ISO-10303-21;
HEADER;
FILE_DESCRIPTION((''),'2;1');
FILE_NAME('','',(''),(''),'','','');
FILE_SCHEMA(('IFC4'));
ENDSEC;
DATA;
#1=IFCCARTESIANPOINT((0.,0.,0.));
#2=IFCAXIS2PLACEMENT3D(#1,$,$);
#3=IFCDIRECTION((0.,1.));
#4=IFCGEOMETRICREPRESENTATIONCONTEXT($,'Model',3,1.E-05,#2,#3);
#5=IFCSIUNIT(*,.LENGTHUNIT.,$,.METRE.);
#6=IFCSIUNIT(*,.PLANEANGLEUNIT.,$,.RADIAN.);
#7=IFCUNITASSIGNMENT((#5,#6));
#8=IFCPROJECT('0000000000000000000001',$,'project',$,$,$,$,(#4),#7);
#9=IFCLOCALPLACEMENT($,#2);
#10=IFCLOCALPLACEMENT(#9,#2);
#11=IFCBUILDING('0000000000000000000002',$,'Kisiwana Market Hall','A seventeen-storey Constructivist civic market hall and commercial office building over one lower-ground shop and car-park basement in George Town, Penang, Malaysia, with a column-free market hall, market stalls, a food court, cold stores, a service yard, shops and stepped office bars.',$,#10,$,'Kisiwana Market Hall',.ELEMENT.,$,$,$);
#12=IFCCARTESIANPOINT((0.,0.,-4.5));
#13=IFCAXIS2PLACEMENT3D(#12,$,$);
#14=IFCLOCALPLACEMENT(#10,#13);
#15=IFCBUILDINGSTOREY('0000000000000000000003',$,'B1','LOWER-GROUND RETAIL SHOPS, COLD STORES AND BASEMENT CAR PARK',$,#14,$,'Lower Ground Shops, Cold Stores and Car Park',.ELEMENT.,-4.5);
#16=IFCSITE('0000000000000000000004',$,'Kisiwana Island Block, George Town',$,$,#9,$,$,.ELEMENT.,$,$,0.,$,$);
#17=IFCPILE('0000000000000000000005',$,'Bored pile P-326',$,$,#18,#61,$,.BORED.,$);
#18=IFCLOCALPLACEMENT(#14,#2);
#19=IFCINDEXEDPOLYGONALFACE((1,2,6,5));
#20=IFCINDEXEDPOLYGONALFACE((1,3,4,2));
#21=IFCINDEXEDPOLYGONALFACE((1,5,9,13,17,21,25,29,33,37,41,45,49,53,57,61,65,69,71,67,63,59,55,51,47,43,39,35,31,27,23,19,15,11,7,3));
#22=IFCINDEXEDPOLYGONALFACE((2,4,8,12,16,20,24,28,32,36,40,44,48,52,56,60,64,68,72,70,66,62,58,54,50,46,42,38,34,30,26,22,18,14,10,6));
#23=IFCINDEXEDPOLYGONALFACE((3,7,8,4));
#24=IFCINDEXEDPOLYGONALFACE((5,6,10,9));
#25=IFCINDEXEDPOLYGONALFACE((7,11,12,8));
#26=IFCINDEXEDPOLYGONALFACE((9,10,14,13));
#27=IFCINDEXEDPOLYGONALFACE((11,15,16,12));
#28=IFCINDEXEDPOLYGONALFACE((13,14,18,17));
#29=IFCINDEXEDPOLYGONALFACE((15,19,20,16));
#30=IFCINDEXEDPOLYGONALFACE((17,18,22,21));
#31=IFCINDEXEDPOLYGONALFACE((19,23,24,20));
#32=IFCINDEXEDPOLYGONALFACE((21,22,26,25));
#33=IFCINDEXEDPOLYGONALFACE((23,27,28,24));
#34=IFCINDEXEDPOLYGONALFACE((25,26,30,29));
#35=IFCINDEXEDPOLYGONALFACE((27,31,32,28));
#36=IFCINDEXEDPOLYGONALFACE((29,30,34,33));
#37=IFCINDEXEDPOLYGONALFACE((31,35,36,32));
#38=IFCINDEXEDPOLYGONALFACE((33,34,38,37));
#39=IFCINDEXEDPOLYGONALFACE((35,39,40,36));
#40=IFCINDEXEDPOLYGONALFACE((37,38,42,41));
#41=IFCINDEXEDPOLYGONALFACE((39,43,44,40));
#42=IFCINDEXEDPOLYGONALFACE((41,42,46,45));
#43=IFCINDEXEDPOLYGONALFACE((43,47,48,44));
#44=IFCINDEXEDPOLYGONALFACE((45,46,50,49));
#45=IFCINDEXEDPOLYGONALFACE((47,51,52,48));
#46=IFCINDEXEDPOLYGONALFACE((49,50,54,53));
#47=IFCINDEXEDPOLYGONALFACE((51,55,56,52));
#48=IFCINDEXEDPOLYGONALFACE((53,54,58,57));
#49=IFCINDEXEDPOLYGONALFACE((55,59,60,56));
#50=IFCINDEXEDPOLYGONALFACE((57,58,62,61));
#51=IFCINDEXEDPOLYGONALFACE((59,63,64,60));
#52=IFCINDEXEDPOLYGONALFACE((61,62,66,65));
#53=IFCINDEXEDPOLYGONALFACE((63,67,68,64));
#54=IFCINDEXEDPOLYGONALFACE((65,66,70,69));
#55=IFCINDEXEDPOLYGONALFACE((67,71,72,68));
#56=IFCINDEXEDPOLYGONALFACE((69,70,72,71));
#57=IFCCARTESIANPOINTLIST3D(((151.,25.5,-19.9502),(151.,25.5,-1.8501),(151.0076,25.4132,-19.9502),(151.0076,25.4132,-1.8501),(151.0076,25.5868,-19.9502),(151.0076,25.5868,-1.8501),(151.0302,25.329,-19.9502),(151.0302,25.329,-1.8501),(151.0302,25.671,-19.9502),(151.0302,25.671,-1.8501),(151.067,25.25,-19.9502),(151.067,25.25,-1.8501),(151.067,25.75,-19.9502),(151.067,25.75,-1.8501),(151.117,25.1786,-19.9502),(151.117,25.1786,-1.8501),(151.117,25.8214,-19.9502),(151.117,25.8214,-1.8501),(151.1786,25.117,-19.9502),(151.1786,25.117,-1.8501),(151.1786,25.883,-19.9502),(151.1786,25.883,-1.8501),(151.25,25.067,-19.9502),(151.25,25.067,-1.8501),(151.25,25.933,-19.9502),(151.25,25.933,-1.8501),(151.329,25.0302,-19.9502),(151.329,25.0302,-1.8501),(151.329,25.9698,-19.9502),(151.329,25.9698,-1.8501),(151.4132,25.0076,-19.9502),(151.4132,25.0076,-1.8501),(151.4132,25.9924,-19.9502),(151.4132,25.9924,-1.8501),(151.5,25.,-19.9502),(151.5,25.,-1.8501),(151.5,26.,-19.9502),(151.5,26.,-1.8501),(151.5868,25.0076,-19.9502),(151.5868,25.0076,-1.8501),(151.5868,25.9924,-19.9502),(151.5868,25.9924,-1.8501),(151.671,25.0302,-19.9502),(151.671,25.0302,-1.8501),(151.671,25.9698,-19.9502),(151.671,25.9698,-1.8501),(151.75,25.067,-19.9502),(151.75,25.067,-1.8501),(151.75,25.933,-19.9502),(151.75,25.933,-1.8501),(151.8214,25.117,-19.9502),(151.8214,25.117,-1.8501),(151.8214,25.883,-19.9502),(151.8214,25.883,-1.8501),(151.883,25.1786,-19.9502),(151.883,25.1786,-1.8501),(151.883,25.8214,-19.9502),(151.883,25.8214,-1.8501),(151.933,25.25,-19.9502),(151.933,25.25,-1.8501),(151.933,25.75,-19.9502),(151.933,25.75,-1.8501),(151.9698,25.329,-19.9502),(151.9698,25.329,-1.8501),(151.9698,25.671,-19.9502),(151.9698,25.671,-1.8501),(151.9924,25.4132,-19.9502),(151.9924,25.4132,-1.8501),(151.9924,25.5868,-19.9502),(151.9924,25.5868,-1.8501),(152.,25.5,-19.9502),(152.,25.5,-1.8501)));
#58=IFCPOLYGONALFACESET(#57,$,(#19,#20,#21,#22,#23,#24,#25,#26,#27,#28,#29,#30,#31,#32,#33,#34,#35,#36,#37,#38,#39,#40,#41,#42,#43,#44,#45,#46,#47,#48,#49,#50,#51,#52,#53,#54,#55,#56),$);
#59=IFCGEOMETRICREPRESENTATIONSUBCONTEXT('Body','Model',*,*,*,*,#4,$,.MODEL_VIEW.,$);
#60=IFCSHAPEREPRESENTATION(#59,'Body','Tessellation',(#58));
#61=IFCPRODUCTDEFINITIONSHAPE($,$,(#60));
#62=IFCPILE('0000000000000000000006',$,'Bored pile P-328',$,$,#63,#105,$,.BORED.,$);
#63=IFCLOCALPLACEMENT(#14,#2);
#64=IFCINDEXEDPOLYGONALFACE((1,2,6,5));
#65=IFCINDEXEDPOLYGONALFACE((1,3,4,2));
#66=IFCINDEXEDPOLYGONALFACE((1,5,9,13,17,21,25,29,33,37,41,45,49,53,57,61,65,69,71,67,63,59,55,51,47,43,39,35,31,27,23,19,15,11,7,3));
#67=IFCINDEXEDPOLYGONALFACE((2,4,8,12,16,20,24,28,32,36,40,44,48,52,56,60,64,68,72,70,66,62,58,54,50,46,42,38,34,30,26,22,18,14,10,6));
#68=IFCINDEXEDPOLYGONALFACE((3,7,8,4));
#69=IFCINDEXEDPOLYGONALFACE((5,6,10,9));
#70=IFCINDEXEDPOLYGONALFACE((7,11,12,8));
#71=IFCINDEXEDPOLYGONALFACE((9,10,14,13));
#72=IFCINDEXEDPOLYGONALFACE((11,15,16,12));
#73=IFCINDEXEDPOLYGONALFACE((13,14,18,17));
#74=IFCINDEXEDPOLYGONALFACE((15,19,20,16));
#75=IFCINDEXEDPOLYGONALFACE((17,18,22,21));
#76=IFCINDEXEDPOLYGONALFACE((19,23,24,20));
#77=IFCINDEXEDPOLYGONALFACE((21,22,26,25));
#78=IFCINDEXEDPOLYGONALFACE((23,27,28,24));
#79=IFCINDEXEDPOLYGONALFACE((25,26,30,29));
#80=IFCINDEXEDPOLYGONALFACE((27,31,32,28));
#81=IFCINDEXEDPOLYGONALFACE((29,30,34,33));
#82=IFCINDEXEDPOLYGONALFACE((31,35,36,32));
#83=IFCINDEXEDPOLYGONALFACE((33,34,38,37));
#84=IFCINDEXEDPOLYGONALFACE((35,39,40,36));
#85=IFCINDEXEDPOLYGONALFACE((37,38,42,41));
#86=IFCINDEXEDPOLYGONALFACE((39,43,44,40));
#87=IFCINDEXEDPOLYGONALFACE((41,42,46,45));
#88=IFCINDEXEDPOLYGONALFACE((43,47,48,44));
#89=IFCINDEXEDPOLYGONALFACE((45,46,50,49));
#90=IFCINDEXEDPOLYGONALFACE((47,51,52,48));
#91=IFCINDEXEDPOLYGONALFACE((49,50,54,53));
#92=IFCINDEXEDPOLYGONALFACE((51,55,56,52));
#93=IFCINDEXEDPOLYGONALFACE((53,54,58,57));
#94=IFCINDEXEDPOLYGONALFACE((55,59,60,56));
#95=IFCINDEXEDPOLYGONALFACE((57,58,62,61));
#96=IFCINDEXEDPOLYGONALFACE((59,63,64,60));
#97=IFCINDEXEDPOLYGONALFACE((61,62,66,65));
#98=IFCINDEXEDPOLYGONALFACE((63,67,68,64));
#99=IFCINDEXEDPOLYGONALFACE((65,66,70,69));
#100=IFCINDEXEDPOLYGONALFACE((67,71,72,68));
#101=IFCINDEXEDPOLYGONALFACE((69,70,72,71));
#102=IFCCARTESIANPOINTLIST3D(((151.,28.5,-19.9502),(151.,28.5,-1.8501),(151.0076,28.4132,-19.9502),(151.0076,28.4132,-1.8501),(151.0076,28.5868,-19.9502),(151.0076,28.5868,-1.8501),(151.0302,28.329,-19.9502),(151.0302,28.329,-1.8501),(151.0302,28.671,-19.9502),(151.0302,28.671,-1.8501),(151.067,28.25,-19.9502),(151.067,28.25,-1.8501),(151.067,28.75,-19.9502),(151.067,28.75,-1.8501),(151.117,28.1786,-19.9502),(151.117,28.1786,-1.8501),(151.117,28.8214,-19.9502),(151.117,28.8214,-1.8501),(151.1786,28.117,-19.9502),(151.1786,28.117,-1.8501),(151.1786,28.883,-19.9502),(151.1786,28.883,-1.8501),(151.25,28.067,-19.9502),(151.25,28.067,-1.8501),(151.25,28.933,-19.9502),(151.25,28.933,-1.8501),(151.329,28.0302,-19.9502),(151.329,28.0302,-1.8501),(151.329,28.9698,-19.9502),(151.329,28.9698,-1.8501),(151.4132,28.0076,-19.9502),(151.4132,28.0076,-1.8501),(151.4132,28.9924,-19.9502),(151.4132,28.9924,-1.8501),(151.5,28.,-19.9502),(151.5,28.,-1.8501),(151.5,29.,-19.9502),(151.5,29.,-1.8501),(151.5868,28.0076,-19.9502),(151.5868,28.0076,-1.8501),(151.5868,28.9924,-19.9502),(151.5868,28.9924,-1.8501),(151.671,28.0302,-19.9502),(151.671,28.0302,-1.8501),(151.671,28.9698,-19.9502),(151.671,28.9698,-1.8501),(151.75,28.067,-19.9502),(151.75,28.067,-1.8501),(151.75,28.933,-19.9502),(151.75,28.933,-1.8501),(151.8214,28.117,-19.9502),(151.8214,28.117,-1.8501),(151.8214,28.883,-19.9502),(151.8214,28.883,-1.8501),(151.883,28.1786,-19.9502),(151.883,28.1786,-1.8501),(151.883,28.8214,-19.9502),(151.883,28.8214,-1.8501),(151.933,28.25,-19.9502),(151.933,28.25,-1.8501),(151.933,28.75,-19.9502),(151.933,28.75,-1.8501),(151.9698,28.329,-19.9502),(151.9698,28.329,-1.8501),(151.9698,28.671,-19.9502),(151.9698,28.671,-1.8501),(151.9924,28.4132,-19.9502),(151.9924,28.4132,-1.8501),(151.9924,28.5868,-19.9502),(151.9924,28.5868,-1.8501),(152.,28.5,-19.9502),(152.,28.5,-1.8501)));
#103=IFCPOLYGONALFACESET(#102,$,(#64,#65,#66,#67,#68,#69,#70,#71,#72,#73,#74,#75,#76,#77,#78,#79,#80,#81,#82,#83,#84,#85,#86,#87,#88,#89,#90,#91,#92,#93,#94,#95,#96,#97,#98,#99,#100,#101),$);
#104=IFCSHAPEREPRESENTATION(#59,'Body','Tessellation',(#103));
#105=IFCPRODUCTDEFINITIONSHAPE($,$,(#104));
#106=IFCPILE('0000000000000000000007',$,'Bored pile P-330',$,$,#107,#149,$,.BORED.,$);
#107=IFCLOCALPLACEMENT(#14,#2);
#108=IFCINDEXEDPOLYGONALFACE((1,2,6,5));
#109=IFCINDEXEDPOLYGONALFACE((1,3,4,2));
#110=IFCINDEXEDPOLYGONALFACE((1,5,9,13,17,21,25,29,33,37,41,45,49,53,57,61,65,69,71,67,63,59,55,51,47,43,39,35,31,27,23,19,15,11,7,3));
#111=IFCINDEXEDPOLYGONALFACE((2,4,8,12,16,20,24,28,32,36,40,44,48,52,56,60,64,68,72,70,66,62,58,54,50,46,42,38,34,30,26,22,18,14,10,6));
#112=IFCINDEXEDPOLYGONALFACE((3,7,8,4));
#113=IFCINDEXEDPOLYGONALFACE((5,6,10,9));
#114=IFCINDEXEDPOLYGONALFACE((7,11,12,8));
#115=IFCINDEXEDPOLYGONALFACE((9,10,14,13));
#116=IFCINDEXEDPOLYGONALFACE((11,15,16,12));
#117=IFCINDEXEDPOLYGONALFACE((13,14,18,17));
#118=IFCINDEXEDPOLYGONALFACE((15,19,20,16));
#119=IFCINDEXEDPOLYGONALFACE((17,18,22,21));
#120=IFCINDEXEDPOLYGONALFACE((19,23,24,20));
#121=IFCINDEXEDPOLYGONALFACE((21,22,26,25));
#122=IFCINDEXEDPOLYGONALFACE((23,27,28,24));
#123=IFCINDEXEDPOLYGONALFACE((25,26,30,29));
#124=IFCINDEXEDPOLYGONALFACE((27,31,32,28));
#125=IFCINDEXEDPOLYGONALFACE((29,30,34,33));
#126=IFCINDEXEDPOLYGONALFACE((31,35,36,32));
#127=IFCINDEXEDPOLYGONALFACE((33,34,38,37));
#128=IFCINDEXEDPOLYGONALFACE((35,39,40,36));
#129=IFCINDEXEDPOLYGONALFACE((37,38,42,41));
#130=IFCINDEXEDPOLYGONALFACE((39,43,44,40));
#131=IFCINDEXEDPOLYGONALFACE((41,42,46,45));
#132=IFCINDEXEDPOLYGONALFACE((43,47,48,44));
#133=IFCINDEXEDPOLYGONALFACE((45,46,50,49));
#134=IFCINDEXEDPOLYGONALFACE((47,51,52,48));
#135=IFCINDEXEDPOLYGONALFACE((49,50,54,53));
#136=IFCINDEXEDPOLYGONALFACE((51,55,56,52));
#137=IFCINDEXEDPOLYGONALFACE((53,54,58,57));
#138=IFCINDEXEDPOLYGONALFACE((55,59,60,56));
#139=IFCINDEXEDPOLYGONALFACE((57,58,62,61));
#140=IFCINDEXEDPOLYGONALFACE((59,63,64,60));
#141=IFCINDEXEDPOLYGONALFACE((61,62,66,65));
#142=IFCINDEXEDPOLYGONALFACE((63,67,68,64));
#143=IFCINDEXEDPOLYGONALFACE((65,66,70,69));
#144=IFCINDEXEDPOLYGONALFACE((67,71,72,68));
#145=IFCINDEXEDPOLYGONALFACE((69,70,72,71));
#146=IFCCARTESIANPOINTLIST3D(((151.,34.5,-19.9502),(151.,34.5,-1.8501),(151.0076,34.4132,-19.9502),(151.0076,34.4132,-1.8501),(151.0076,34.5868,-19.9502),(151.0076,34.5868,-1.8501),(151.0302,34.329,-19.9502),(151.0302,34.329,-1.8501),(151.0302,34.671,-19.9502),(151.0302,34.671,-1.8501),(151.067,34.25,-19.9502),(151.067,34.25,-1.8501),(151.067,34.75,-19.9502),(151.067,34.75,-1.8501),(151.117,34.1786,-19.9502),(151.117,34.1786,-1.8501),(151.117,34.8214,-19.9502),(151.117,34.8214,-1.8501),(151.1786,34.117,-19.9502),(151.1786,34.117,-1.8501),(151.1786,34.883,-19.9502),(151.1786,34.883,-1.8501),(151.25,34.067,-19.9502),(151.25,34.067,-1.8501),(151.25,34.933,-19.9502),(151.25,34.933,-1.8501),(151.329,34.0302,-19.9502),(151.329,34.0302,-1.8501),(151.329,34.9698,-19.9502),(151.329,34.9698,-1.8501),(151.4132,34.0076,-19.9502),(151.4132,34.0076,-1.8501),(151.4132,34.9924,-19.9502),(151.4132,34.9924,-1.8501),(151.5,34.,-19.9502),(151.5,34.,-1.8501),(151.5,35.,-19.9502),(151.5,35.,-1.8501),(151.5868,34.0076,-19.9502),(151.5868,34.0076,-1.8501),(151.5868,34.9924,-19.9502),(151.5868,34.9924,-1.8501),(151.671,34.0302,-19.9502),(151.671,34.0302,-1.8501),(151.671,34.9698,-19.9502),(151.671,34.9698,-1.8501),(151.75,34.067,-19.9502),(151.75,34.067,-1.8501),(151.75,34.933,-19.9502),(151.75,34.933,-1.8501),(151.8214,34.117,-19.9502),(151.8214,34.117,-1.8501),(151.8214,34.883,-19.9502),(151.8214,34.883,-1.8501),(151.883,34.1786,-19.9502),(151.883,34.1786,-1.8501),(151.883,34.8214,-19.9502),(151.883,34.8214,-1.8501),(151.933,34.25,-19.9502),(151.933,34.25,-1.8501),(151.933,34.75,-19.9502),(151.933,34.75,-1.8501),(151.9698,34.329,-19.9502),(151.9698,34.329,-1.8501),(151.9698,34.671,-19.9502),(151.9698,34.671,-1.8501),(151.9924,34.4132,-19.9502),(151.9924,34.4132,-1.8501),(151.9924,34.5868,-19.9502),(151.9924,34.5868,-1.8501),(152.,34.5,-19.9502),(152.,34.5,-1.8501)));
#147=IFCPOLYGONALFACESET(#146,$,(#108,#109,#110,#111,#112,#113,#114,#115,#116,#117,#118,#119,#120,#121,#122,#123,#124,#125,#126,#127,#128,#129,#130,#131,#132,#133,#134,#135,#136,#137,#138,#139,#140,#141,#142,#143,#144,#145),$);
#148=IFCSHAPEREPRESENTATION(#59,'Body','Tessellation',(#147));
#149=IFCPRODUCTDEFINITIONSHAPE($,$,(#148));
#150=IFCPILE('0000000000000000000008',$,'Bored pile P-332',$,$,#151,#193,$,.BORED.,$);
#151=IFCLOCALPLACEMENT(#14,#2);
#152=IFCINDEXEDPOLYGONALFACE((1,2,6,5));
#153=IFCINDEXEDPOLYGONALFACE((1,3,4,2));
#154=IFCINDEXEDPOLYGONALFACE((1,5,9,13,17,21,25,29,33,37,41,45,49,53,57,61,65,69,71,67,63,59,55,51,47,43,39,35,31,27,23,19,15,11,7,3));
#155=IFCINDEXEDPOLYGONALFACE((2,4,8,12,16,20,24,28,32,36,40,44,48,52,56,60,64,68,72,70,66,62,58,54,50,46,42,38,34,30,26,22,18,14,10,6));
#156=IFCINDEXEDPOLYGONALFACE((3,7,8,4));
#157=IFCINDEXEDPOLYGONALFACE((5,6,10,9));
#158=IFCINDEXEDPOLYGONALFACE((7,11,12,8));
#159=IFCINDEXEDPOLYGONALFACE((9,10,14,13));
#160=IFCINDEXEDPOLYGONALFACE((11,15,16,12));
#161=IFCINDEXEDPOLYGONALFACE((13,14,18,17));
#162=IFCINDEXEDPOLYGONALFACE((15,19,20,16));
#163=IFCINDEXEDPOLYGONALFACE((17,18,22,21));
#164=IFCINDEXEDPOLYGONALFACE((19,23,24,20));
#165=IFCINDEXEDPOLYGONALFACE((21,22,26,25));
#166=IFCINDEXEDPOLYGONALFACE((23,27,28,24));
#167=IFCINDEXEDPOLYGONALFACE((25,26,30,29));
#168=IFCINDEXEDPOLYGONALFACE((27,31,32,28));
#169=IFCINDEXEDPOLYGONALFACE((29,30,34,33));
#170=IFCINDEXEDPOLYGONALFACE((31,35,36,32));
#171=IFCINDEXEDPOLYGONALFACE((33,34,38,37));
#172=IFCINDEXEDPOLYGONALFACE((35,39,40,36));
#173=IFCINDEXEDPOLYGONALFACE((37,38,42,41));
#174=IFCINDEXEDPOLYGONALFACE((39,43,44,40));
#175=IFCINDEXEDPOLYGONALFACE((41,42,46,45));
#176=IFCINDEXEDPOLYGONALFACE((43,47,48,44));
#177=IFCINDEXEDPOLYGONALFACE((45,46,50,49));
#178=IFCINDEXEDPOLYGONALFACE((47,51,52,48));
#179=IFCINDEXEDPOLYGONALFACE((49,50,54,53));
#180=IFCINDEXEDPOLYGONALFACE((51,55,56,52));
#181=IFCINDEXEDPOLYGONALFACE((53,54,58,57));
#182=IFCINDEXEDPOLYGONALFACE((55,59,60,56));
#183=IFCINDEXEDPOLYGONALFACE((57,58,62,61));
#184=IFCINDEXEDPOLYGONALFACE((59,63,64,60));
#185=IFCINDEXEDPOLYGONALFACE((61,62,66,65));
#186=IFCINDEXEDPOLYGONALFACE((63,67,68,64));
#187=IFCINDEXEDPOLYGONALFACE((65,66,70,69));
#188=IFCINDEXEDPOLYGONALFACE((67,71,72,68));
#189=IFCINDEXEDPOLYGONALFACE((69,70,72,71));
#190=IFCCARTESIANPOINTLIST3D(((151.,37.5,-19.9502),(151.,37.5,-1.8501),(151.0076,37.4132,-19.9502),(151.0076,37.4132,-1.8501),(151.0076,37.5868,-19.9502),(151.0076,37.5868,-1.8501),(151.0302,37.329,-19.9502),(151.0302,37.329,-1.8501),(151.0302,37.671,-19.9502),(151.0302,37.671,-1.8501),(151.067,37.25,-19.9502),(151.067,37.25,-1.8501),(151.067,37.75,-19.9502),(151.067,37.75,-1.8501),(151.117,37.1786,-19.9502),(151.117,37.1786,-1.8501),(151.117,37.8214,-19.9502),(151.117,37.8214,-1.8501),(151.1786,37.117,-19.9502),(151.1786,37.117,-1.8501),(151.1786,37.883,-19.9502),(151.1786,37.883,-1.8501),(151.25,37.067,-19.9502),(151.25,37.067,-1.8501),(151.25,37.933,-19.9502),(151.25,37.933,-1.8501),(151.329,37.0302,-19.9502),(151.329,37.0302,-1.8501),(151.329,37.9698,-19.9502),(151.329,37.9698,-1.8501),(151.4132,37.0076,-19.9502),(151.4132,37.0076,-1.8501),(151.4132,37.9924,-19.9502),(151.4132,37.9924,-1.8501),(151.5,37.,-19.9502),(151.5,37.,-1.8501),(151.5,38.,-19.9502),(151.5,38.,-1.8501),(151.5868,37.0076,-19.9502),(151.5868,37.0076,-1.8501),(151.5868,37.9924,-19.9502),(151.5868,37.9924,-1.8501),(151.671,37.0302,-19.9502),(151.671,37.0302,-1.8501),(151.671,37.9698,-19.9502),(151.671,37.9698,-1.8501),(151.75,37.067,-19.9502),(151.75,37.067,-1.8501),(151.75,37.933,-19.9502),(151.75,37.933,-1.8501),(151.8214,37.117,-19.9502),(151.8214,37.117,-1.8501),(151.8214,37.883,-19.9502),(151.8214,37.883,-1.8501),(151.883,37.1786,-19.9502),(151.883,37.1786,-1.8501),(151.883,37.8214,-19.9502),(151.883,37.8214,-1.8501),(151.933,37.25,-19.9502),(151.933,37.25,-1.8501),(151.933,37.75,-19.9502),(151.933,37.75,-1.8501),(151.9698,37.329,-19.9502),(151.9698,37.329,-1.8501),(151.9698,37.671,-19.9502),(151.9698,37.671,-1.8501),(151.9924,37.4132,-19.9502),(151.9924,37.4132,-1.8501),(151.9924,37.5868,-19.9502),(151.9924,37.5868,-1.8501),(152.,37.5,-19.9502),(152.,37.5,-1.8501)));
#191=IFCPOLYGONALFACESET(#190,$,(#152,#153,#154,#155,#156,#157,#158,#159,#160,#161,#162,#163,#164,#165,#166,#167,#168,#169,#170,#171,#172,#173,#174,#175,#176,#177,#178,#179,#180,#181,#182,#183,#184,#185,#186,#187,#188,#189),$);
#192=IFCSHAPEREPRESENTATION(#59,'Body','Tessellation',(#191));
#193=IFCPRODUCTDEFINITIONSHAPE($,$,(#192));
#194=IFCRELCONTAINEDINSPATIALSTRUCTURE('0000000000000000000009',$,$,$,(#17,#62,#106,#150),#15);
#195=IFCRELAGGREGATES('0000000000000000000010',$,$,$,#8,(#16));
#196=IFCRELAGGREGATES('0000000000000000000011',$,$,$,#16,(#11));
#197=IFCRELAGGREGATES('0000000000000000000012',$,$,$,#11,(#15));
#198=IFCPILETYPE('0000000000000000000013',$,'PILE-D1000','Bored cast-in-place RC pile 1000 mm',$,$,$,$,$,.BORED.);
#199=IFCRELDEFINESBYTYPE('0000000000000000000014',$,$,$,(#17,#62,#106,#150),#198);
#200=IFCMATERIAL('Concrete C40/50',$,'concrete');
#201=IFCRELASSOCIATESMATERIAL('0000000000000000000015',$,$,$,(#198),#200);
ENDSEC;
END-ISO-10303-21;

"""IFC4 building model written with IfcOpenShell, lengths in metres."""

from ifc_helpers import new_model, si_unit, direction, frame, origin, origin_2d, place, context, subcontext, project, spatial, circle, extrude, material, material_profile, profile_set, type_object, element, save


model = new_model("IFC4")

# Units and contexts
model_context = context("Model", 3, precision=1e-05, world=origin(), true_north=direction((0.0, 1.0)))
body_context = subcontext(model_context, "Body", "Model", "MODEL_VIEW")
ifc_project = project(units=[si_unit("LENGTHUNIT", "METRE"), si_unit("PLANEANGLEUNIT", "RADIAN")], contexts=[model_context])

# Site, building, storey
site_placement = place(None, origin())
site = spatial("IfcSite", under=ifc_project, at=site_placement, Name="Kisiwana Island Block, George Town", CompositionType="ELEMENT", RefElevation=0.0)
building_placement = place(site_placement, origin())
building = spatial("IfcBuilding", under=site, at=building_placement, Name="Kisiwana Market Hall", Description="A seventeen-storey Constructivist civic market hall and commercial office building over one lower-ground shop and car-park basement in George Town, Penang, Malaysia, with a column-free market hall, market stalls, a food court, cold stores, a service yard, shops and stepped office bars.", LongName="Kisiwana Market Hall", CompositionType="ELEMENT")
storey_placement = place(building_placement, frame((0.0, 0.0, -4.5)))
storey = spatial("IfcBuildingStorey", under=building, at=storey_placement, Name="B1", Description="LOWER-GROUND RETAIL SHOPS, COLD STORES AND BASEMENT CAR PARK", LongName="Lower Ground Shops, Cold Stores and Car Park", CompositionType="ELEMENT", Elevation=-4.5)

# Piles
ifc_material_1 = material(Name="Concrete C40/50", Category="concrete")
ifc_material_profile_1 = material_profile(ifc_material_1, circle(Radius=0.5, at=origin_2d()), Name="BP D1000")
ifc_profile_set_1 = profile_set([ifc_material_profile_1], Name="Concrete C40/50")
pile_type_1 = type_object("IfcPileType", Name="PILE-D1000", Description="Bored cast-in-place RC pile 1000 mm", PredefinedType="BORED", material=ifc_profile_set_1)
for number, where, z_axis, x_axis, name in (
    (1, (151.5, 25.5, -1.8501), (0.0, 0.0, -1.0), (1.0, 0.0, 0.0), "Bored pile P-326"),
    (2, (151.5, 28.5, -1.8501), (0.0, 0.0, -1.0), (1.0, 0.0, 0.0), "Bored pile P-328"),
    (3, (151.5, 34.5, -1.8501), (0.0, 0.0, -1.0), (1.0, 0.0, 0.0), "Bored pile P-330"),
    (4, (151.5, 37.5, -1.8501), (0.0, 0.0, -1.0), (1.0, 0.0, 0.0), "Bored pile P-332"),
):
    element("IfcPile", number, at=place(storey_placement, frame(where, z_axis=z_axis, x_axis=x_axis)), inside=storey, type_object=pile_type_1, Name=name, PredefinedType="BORED", context=body_context, shape_type="SweptSolid", body=[
        extrude(circle(Radius=0.5, at=origin_2d()), origin(), (0.0, 0.0, 1.0), 18.1001),
    ])

save(model, "model.ifc")
